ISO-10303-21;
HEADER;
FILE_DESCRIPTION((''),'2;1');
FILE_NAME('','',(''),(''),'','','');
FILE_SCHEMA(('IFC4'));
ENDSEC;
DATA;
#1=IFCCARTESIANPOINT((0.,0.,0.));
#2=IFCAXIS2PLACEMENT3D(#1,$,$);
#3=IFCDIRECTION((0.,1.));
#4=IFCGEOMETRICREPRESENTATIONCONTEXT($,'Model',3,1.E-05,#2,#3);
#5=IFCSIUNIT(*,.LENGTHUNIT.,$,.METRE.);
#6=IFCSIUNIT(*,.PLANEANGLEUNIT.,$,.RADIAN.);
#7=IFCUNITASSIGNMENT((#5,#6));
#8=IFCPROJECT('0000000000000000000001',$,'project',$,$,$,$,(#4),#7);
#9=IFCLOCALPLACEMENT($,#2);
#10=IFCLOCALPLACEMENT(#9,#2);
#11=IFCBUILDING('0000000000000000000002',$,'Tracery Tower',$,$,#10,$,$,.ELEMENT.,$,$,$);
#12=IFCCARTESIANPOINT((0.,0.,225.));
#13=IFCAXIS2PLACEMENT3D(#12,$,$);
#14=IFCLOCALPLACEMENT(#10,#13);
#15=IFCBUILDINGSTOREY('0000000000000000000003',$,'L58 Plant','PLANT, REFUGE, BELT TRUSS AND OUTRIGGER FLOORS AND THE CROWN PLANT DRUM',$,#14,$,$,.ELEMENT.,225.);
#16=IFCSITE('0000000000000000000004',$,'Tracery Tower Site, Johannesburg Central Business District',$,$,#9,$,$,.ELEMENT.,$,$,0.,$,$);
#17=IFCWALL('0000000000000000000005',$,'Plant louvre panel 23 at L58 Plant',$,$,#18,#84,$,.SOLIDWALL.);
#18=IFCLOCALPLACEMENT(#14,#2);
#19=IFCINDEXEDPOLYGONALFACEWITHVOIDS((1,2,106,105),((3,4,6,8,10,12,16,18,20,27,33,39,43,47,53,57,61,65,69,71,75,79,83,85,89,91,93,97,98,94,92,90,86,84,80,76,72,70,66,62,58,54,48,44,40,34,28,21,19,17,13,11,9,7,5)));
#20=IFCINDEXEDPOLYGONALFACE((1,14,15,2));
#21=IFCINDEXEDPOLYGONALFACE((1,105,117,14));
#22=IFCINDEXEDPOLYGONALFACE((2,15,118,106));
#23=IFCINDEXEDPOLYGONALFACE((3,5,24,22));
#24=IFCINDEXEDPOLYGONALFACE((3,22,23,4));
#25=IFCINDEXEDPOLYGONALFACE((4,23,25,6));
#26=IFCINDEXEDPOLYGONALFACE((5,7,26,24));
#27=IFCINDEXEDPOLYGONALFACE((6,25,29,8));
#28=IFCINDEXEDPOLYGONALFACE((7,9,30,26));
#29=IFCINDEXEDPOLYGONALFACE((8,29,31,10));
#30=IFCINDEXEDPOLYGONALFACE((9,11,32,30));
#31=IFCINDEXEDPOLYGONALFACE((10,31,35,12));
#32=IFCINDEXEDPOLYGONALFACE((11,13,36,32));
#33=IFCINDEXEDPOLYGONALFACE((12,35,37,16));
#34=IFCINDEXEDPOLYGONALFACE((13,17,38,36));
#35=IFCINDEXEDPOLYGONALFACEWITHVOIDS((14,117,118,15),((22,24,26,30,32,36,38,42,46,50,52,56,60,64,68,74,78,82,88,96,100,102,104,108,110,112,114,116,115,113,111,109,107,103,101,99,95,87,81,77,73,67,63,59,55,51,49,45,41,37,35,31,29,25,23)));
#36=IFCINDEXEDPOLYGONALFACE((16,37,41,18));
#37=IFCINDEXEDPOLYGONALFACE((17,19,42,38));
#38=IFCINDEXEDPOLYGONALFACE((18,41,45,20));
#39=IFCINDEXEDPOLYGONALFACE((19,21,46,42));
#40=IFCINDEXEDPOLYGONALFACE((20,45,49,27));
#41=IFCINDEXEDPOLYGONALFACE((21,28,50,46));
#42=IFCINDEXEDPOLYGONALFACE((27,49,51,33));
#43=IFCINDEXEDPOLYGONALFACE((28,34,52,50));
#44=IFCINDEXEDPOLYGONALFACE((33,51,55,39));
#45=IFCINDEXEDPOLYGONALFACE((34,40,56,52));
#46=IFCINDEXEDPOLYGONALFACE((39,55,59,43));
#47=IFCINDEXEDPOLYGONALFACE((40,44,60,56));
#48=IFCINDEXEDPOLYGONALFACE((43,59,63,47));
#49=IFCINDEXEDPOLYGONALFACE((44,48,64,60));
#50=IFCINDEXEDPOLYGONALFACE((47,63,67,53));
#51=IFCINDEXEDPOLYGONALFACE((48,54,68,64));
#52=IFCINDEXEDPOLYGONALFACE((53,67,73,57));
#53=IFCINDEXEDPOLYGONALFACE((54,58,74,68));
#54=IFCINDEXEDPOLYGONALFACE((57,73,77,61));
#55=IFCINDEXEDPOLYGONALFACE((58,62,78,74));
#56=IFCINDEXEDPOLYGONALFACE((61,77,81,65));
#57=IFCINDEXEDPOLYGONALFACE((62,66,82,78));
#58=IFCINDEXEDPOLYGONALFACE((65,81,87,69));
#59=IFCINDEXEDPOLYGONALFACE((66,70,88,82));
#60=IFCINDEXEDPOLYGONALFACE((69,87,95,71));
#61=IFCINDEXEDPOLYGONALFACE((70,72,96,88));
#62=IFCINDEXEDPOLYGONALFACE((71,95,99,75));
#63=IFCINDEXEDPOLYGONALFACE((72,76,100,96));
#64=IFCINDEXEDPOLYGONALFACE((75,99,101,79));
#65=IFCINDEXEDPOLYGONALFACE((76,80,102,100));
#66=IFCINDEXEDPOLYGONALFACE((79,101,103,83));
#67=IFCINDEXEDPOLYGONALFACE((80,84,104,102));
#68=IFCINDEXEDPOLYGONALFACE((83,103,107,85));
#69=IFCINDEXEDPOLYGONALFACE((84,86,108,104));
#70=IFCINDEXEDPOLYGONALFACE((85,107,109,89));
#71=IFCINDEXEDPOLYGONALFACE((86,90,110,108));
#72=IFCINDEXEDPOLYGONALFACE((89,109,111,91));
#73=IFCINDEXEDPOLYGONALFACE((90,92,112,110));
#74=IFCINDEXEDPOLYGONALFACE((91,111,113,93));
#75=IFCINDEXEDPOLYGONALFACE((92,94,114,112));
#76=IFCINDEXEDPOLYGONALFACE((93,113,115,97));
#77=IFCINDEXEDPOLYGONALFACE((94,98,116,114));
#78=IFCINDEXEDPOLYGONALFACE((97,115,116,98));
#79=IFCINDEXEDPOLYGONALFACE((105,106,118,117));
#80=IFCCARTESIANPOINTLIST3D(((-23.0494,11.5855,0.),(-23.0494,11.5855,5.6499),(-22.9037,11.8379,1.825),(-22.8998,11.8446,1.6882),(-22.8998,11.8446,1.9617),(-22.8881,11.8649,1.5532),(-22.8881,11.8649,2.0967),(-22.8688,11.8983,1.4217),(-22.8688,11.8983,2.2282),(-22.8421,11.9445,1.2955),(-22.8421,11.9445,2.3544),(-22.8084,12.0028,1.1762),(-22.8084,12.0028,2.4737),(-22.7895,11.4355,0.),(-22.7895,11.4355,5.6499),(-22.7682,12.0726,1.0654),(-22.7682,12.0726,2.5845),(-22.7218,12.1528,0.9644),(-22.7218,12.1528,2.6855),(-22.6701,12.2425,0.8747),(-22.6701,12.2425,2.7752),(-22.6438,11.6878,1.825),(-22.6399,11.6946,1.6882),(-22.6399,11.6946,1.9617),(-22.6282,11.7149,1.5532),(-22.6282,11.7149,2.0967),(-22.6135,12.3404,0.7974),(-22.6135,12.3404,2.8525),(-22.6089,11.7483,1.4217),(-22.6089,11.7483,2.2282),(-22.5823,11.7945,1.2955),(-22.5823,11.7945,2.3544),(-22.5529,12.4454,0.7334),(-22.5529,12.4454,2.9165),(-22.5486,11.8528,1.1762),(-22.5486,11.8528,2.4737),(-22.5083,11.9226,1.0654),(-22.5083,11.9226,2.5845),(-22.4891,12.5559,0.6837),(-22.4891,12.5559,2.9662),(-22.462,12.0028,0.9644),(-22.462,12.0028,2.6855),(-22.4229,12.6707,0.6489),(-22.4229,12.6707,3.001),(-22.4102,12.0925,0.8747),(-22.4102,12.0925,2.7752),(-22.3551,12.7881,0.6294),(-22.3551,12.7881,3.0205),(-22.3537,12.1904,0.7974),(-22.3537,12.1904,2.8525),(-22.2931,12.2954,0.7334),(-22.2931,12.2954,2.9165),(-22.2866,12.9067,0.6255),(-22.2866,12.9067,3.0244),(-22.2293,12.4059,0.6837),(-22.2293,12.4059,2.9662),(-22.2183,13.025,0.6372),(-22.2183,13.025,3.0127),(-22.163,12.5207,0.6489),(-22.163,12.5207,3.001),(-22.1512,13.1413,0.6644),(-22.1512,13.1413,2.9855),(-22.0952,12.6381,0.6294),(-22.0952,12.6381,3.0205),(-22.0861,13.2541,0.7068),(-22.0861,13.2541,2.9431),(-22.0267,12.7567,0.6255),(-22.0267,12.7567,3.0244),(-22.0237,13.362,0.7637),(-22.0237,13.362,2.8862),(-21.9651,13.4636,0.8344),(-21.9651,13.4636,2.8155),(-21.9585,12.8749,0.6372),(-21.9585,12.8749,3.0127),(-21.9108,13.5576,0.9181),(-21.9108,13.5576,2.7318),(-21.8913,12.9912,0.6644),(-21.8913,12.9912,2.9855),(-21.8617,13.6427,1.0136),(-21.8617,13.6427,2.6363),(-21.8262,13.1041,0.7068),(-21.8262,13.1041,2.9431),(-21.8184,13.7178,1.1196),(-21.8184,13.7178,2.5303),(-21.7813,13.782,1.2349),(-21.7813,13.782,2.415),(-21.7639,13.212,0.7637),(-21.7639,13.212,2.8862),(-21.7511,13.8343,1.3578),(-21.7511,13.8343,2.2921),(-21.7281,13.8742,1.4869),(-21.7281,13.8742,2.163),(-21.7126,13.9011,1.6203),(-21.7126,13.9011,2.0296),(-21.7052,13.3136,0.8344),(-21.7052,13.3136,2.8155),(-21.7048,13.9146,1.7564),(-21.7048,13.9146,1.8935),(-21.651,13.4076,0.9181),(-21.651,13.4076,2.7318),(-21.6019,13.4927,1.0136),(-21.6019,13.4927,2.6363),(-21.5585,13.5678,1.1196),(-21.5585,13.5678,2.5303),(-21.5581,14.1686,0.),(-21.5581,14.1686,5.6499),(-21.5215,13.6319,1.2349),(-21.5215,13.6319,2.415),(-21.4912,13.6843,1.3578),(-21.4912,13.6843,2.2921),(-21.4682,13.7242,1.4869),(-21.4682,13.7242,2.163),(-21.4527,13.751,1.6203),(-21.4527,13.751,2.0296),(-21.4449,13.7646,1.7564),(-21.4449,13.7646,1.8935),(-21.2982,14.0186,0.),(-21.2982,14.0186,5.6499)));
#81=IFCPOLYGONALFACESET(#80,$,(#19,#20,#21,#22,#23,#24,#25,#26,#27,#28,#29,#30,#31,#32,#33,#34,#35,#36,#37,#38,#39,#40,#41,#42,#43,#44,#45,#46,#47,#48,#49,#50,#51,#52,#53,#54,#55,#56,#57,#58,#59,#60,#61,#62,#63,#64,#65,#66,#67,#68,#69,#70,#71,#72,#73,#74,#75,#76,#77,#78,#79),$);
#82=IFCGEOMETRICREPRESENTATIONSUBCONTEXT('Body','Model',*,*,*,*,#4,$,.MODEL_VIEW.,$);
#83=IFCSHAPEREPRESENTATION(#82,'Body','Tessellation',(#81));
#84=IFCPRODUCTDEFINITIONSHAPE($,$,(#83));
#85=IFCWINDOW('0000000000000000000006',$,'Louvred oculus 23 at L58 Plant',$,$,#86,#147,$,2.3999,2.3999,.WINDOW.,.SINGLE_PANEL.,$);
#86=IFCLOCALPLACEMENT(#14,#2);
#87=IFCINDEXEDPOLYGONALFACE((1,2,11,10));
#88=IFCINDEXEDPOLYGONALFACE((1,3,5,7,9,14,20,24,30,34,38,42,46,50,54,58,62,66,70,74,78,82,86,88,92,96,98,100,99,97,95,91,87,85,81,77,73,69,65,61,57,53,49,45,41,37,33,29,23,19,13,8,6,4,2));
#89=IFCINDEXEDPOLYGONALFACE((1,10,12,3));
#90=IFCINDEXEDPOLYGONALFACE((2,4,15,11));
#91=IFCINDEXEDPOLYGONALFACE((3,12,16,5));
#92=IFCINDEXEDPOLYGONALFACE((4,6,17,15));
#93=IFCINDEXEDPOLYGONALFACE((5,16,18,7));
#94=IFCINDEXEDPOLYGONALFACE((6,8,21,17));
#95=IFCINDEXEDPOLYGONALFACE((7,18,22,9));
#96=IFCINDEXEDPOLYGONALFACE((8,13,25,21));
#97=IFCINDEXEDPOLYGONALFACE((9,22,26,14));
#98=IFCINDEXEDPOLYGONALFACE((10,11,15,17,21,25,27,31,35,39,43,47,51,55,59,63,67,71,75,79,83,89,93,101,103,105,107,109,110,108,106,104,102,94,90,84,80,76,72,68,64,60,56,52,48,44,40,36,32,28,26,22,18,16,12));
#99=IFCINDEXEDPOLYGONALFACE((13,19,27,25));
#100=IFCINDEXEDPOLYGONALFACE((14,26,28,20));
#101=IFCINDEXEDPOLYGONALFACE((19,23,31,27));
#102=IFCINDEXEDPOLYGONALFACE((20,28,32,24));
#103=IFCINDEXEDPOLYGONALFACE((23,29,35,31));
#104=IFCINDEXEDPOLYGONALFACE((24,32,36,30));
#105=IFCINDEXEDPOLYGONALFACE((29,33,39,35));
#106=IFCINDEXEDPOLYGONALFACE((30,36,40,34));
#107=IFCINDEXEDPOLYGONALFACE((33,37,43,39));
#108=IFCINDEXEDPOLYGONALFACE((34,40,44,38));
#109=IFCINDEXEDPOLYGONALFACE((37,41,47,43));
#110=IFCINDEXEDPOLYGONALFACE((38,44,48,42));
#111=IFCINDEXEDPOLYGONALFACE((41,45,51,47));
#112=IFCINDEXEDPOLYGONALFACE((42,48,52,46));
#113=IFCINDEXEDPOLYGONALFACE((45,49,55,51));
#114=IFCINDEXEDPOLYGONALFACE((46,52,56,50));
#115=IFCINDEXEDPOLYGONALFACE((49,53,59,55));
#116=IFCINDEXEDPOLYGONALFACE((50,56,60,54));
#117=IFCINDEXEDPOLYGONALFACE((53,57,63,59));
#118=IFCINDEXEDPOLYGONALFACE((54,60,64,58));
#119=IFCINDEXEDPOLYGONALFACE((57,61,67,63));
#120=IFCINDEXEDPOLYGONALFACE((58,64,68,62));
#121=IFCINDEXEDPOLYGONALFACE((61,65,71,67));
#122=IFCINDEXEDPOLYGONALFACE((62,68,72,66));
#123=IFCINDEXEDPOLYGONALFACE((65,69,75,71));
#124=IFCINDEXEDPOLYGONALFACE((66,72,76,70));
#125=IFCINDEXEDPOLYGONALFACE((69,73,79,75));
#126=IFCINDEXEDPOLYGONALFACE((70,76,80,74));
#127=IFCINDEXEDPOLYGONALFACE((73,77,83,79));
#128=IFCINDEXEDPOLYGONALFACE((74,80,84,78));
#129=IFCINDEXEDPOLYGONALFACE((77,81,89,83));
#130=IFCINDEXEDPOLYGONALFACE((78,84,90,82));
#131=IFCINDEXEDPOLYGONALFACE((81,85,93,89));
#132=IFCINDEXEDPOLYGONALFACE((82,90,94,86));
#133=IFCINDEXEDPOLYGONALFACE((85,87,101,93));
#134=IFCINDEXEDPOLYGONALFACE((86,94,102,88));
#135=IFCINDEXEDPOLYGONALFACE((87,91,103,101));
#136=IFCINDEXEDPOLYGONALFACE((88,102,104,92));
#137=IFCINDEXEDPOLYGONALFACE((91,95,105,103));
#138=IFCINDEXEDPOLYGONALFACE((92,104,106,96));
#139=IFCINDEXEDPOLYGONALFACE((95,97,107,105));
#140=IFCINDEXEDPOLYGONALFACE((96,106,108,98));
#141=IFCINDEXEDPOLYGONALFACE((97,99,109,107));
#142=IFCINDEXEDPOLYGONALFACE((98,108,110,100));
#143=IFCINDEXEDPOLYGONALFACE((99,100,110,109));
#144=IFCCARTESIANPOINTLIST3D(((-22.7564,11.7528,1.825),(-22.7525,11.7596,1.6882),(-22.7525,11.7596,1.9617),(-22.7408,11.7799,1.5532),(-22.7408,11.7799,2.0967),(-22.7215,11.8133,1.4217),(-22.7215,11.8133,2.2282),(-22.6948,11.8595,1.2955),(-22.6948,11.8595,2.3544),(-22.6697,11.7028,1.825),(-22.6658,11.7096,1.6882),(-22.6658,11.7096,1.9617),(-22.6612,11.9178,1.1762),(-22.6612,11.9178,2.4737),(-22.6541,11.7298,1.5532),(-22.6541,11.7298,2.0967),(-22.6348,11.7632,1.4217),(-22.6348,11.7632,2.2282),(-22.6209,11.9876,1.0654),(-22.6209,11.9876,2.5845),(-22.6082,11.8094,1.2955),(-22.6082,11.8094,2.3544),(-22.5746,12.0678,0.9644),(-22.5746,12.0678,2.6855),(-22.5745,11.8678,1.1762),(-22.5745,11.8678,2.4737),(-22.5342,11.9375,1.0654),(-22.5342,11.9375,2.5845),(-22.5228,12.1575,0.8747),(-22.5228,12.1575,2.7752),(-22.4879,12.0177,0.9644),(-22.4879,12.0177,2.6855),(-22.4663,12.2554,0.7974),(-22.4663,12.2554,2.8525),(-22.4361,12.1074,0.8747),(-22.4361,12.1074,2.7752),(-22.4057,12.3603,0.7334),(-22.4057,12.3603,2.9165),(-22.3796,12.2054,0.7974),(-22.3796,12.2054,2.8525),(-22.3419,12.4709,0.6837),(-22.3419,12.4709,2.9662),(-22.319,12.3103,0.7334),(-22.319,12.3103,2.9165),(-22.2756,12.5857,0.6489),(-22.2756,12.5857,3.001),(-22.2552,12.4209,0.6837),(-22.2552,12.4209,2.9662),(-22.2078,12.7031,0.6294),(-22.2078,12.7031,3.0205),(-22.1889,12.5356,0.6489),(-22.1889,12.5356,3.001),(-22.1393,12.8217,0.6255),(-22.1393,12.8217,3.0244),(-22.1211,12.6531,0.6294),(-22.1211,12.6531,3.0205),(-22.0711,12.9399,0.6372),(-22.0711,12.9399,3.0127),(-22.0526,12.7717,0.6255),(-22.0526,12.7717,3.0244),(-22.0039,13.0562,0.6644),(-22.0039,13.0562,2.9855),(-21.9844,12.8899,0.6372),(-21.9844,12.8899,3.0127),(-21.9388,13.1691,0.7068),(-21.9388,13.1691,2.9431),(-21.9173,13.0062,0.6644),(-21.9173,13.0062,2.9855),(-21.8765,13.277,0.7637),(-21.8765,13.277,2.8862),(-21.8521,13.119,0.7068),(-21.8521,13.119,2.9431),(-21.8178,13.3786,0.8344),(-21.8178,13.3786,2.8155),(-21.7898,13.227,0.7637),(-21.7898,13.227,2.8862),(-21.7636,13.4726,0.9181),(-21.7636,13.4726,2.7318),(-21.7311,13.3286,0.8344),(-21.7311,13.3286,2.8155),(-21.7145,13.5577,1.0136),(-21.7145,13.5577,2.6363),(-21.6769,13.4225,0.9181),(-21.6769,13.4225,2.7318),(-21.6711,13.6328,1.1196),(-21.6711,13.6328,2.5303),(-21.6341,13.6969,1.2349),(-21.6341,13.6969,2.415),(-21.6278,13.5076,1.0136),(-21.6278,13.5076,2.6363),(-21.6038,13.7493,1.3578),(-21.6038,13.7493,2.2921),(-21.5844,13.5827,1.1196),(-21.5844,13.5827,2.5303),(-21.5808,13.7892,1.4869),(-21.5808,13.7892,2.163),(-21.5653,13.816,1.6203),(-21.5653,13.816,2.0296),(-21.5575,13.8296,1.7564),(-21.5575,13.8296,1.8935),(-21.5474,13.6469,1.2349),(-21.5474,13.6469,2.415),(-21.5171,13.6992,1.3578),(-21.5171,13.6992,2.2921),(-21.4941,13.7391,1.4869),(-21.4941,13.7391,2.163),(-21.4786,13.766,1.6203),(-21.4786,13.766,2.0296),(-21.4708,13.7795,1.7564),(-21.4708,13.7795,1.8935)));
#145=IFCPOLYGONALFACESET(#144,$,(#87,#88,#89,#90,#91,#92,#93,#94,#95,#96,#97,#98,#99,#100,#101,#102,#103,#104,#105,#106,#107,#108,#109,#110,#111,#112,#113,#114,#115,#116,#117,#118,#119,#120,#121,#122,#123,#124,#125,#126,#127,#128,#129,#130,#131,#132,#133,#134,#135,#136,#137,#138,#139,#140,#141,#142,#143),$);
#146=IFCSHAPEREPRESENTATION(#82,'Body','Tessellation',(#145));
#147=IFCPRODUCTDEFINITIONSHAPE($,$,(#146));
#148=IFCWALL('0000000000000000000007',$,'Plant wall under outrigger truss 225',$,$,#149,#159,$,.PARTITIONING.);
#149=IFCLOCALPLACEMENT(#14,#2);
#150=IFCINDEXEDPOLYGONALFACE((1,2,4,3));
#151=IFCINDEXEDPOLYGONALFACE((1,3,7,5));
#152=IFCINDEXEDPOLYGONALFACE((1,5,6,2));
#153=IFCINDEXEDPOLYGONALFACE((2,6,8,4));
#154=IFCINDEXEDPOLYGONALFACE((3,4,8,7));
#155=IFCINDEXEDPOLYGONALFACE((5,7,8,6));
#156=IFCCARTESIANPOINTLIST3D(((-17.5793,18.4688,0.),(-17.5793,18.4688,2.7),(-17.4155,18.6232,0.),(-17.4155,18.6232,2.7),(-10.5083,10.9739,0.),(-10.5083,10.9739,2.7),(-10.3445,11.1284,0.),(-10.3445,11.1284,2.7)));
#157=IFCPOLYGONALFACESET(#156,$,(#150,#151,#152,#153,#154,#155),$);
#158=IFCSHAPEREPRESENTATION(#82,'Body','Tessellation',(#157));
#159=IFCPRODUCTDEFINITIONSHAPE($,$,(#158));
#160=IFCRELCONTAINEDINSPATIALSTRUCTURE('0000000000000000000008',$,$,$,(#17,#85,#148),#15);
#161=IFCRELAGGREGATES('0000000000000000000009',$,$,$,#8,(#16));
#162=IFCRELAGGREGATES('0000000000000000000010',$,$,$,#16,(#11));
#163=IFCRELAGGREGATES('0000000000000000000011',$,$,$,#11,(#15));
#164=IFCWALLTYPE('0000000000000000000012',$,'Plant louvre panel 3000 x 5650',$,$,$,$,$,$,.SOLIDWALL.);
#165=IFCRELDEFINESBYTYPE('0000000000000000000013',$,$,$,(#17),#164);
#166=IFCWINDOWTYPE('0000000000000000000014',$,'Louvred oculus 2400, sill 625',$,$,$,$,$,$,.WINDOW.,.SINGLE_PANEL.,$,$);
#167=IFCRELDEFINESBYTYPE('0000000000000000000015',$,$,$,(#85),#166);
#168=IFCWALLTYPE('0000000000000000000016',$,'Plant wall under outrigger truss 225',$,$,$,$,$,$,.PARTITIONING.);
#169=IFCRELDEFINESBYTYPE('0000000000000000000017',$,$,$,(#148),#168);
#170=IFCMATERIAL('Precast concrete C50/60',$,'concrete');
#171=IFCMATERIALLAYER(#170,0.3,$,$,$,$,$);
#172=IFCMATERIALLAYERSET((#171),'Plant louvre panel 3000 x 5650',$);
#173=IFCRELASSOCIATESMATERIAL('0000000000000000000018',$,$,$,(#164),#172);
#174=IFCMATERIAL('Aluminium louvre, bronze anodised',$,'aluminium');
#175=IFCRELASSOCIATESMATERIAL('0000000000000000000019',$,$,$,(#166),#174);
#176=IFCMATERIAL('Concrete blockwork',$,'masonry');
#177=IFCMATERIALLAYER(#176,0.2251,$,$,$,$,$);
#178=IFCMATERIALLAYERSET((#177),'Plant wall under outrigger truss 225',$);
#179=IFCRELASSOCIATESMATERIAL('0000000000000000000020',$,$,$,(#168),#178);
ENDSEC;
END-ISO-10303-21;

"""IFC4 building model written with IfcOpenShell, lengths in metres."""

from ifc_helpers import new_model, si_unit, direction, frame, frame_2d, origin, origin_2d, place, context, subcontext, project, spatial, rectangle, circle, extrude, material, layer, layer_set, type_object, element, fill, save


model = new_model("IFC4")

# Units and contexts
model_context = context("Model", 3, precision=1e-05, world=origin(), true_north=direction((0.0, 1.0)))
body_context = subcontext(model_context, "Body", "Model", "MODEL_VIEW")
ifc_project = project(units=[si_unit("LENGTHUNIT", "METRE"), si_unit("PLANEANGLEUNIT", "RADIAN")], contexts=[model_context])

# Site, building, storey
site_placement = place(None, origin())
site = spatial("IfcSite", under=ifc_project, at=site_placement, Name="Tracery Tower Site, Johannesburg Central Business District", CompositionType="ELEMENT", RefElevation=0.0)
building_placement = place(site_placement, origin())
building = spatial("IfcBuilding", under=site, at=building_placement, Name="Tracery Tower", CompositionType="ELEMENT")
storey_placement = place(building_placement, frame((0.0, 0.0, 225.0)))
storey = spatial("IfcBuildingStorey", under=building, at=storey_placement, Name="L58 Plant", Description="PLANT, REFUGE, BELT TRUSS AND OUTRIGGER FLOORS AND THE CROWN PLANT DRUM", CompositionType="ELEMENT", Elevation=225.0)

# Wall, opening, window
ifc_material_1 = material(Name="Precast concrete C50/60", Category="concrete")
ifc_layer_1 = layer(ifc_material_1, 0.3)
ifc_layer_set_1 = layer_set([ifc_layer_1], Name="Plant louvre panel 3000 x 5650")
wall_type_1 = type_object("IfcWallType", Name="Plant louvre panel 3000 x 5650", PredefinedType="SOLIDWALL", material=ifc_layer_set_1)
ifc_material_2 = material(Name="Aluminium louvre, bronze anodised", Category="aluminium")
window_type = type_object("IfcWindowType", Name="Louvred oculus 2400, sill 625", PartitioningType="SINGLE_PANEL", PredefinedType="WINDOW", material=ifc_material_2)
wall_1_placement = place(storey_placement, frame((-21.4282, 14.0935, 0.0), z_axis=(0.0, 0.0, 1.0), x_axis=(-0.499978, -0.866038, 0.0)))
wall_1 = element("IfcWall", 1, at=wall_1_placement, inside=storey, type_object=wall_type_1, Name="Plant louvre panel 23 at L58 Plant", PredefinedType="SOLIDWALL", context=body_context, shape_type="SweptSolid", body=[
    extrude(rectangle(XDim=2.9827, YDim=0.3, at=frame_2d((1.4912, 0.0))), origin(), (0.0, 0.0, 1.0), 5.6499),
])
opening_1_placement = place(wall_1_placement, frame((1.4912, 0.0, 1.825)))
opening_1 = element("IfcOpeningElement", 2, at=opening_1_placement, cuts=wall_1, PredefinedType="OPENING", context=body_context, shape_type="SweptSolid", body=[
    extrude(circle(Radius=1.2, at=origin_2d()), frame((0.0, 0.1599, 0.0), z_axis=(0.0, -1.0, 0.0), x_axis=(1.0, 0.0, 0.0)), (0.0, 0.0, 1.0), 0.3201),
])
window_1_placement = place(opening_1_placement, origin())
window_1 = element("IfcWindow", 3, at=window_1_placement, inside=storey, type_object=window_type, Name="Louvred oculus 23 at L58 Plant", OverallHeight=2.3999, OverallWidth=2.3999, PartitioningType="SINGLE_PANEL", PredefinedType="WINDOW", context=body_context, shape_type="SweptSolid", body=[
    extrude(circle(Radius=1.2, at=origin_2d()), frame((0.0, 0.1201, 0.0), z_axis=(0.0, -1.0, 0.0), x_axis=(1.0, 0.0, 0.0)), (0.0, 0.0, 1.0), 0.1001),
])
fill(opening_1, window_1)

# Wall
ifc_material_3 = material(Name="Concrete blockwork", Category="masonry")
ifc_layer_2 = layer(ifc_material_3, 0.2251)
ifc_layer_set_2 = layer_set([ifc_layer_2], Name="Plant wall under outrigger truss 225")
wall_type_2 = type_object("IfcWallType", Name="Plant wall under outrigger truss 225", PredefinedType="PARTITIONING", material=ifc_layer_set_2)
wall_2_placement = place(storey_placement, frame((-17.4973, 18.5459, 0.0), z_axis=(0.0, 0.0, 1.0), x_axis=(0.686241, -0.727374, 0.0)))
element("IfcWall", 4, at=wall_2_placement, inside=storey, type_object=wall_type_2, Name="Plant wall under outrigger truss 225", PredefinedType="PARTITIONING", context=body_context, shape_type="SweptSolid", body=[
    extrude(rectangle(XDim=10.304, YDim=0.2251, at=frame_2d((5.1519, 0.0))), origin(), (0.0, 0.0, 1.0), 2.7),
])

save(model, "model.ifc")
